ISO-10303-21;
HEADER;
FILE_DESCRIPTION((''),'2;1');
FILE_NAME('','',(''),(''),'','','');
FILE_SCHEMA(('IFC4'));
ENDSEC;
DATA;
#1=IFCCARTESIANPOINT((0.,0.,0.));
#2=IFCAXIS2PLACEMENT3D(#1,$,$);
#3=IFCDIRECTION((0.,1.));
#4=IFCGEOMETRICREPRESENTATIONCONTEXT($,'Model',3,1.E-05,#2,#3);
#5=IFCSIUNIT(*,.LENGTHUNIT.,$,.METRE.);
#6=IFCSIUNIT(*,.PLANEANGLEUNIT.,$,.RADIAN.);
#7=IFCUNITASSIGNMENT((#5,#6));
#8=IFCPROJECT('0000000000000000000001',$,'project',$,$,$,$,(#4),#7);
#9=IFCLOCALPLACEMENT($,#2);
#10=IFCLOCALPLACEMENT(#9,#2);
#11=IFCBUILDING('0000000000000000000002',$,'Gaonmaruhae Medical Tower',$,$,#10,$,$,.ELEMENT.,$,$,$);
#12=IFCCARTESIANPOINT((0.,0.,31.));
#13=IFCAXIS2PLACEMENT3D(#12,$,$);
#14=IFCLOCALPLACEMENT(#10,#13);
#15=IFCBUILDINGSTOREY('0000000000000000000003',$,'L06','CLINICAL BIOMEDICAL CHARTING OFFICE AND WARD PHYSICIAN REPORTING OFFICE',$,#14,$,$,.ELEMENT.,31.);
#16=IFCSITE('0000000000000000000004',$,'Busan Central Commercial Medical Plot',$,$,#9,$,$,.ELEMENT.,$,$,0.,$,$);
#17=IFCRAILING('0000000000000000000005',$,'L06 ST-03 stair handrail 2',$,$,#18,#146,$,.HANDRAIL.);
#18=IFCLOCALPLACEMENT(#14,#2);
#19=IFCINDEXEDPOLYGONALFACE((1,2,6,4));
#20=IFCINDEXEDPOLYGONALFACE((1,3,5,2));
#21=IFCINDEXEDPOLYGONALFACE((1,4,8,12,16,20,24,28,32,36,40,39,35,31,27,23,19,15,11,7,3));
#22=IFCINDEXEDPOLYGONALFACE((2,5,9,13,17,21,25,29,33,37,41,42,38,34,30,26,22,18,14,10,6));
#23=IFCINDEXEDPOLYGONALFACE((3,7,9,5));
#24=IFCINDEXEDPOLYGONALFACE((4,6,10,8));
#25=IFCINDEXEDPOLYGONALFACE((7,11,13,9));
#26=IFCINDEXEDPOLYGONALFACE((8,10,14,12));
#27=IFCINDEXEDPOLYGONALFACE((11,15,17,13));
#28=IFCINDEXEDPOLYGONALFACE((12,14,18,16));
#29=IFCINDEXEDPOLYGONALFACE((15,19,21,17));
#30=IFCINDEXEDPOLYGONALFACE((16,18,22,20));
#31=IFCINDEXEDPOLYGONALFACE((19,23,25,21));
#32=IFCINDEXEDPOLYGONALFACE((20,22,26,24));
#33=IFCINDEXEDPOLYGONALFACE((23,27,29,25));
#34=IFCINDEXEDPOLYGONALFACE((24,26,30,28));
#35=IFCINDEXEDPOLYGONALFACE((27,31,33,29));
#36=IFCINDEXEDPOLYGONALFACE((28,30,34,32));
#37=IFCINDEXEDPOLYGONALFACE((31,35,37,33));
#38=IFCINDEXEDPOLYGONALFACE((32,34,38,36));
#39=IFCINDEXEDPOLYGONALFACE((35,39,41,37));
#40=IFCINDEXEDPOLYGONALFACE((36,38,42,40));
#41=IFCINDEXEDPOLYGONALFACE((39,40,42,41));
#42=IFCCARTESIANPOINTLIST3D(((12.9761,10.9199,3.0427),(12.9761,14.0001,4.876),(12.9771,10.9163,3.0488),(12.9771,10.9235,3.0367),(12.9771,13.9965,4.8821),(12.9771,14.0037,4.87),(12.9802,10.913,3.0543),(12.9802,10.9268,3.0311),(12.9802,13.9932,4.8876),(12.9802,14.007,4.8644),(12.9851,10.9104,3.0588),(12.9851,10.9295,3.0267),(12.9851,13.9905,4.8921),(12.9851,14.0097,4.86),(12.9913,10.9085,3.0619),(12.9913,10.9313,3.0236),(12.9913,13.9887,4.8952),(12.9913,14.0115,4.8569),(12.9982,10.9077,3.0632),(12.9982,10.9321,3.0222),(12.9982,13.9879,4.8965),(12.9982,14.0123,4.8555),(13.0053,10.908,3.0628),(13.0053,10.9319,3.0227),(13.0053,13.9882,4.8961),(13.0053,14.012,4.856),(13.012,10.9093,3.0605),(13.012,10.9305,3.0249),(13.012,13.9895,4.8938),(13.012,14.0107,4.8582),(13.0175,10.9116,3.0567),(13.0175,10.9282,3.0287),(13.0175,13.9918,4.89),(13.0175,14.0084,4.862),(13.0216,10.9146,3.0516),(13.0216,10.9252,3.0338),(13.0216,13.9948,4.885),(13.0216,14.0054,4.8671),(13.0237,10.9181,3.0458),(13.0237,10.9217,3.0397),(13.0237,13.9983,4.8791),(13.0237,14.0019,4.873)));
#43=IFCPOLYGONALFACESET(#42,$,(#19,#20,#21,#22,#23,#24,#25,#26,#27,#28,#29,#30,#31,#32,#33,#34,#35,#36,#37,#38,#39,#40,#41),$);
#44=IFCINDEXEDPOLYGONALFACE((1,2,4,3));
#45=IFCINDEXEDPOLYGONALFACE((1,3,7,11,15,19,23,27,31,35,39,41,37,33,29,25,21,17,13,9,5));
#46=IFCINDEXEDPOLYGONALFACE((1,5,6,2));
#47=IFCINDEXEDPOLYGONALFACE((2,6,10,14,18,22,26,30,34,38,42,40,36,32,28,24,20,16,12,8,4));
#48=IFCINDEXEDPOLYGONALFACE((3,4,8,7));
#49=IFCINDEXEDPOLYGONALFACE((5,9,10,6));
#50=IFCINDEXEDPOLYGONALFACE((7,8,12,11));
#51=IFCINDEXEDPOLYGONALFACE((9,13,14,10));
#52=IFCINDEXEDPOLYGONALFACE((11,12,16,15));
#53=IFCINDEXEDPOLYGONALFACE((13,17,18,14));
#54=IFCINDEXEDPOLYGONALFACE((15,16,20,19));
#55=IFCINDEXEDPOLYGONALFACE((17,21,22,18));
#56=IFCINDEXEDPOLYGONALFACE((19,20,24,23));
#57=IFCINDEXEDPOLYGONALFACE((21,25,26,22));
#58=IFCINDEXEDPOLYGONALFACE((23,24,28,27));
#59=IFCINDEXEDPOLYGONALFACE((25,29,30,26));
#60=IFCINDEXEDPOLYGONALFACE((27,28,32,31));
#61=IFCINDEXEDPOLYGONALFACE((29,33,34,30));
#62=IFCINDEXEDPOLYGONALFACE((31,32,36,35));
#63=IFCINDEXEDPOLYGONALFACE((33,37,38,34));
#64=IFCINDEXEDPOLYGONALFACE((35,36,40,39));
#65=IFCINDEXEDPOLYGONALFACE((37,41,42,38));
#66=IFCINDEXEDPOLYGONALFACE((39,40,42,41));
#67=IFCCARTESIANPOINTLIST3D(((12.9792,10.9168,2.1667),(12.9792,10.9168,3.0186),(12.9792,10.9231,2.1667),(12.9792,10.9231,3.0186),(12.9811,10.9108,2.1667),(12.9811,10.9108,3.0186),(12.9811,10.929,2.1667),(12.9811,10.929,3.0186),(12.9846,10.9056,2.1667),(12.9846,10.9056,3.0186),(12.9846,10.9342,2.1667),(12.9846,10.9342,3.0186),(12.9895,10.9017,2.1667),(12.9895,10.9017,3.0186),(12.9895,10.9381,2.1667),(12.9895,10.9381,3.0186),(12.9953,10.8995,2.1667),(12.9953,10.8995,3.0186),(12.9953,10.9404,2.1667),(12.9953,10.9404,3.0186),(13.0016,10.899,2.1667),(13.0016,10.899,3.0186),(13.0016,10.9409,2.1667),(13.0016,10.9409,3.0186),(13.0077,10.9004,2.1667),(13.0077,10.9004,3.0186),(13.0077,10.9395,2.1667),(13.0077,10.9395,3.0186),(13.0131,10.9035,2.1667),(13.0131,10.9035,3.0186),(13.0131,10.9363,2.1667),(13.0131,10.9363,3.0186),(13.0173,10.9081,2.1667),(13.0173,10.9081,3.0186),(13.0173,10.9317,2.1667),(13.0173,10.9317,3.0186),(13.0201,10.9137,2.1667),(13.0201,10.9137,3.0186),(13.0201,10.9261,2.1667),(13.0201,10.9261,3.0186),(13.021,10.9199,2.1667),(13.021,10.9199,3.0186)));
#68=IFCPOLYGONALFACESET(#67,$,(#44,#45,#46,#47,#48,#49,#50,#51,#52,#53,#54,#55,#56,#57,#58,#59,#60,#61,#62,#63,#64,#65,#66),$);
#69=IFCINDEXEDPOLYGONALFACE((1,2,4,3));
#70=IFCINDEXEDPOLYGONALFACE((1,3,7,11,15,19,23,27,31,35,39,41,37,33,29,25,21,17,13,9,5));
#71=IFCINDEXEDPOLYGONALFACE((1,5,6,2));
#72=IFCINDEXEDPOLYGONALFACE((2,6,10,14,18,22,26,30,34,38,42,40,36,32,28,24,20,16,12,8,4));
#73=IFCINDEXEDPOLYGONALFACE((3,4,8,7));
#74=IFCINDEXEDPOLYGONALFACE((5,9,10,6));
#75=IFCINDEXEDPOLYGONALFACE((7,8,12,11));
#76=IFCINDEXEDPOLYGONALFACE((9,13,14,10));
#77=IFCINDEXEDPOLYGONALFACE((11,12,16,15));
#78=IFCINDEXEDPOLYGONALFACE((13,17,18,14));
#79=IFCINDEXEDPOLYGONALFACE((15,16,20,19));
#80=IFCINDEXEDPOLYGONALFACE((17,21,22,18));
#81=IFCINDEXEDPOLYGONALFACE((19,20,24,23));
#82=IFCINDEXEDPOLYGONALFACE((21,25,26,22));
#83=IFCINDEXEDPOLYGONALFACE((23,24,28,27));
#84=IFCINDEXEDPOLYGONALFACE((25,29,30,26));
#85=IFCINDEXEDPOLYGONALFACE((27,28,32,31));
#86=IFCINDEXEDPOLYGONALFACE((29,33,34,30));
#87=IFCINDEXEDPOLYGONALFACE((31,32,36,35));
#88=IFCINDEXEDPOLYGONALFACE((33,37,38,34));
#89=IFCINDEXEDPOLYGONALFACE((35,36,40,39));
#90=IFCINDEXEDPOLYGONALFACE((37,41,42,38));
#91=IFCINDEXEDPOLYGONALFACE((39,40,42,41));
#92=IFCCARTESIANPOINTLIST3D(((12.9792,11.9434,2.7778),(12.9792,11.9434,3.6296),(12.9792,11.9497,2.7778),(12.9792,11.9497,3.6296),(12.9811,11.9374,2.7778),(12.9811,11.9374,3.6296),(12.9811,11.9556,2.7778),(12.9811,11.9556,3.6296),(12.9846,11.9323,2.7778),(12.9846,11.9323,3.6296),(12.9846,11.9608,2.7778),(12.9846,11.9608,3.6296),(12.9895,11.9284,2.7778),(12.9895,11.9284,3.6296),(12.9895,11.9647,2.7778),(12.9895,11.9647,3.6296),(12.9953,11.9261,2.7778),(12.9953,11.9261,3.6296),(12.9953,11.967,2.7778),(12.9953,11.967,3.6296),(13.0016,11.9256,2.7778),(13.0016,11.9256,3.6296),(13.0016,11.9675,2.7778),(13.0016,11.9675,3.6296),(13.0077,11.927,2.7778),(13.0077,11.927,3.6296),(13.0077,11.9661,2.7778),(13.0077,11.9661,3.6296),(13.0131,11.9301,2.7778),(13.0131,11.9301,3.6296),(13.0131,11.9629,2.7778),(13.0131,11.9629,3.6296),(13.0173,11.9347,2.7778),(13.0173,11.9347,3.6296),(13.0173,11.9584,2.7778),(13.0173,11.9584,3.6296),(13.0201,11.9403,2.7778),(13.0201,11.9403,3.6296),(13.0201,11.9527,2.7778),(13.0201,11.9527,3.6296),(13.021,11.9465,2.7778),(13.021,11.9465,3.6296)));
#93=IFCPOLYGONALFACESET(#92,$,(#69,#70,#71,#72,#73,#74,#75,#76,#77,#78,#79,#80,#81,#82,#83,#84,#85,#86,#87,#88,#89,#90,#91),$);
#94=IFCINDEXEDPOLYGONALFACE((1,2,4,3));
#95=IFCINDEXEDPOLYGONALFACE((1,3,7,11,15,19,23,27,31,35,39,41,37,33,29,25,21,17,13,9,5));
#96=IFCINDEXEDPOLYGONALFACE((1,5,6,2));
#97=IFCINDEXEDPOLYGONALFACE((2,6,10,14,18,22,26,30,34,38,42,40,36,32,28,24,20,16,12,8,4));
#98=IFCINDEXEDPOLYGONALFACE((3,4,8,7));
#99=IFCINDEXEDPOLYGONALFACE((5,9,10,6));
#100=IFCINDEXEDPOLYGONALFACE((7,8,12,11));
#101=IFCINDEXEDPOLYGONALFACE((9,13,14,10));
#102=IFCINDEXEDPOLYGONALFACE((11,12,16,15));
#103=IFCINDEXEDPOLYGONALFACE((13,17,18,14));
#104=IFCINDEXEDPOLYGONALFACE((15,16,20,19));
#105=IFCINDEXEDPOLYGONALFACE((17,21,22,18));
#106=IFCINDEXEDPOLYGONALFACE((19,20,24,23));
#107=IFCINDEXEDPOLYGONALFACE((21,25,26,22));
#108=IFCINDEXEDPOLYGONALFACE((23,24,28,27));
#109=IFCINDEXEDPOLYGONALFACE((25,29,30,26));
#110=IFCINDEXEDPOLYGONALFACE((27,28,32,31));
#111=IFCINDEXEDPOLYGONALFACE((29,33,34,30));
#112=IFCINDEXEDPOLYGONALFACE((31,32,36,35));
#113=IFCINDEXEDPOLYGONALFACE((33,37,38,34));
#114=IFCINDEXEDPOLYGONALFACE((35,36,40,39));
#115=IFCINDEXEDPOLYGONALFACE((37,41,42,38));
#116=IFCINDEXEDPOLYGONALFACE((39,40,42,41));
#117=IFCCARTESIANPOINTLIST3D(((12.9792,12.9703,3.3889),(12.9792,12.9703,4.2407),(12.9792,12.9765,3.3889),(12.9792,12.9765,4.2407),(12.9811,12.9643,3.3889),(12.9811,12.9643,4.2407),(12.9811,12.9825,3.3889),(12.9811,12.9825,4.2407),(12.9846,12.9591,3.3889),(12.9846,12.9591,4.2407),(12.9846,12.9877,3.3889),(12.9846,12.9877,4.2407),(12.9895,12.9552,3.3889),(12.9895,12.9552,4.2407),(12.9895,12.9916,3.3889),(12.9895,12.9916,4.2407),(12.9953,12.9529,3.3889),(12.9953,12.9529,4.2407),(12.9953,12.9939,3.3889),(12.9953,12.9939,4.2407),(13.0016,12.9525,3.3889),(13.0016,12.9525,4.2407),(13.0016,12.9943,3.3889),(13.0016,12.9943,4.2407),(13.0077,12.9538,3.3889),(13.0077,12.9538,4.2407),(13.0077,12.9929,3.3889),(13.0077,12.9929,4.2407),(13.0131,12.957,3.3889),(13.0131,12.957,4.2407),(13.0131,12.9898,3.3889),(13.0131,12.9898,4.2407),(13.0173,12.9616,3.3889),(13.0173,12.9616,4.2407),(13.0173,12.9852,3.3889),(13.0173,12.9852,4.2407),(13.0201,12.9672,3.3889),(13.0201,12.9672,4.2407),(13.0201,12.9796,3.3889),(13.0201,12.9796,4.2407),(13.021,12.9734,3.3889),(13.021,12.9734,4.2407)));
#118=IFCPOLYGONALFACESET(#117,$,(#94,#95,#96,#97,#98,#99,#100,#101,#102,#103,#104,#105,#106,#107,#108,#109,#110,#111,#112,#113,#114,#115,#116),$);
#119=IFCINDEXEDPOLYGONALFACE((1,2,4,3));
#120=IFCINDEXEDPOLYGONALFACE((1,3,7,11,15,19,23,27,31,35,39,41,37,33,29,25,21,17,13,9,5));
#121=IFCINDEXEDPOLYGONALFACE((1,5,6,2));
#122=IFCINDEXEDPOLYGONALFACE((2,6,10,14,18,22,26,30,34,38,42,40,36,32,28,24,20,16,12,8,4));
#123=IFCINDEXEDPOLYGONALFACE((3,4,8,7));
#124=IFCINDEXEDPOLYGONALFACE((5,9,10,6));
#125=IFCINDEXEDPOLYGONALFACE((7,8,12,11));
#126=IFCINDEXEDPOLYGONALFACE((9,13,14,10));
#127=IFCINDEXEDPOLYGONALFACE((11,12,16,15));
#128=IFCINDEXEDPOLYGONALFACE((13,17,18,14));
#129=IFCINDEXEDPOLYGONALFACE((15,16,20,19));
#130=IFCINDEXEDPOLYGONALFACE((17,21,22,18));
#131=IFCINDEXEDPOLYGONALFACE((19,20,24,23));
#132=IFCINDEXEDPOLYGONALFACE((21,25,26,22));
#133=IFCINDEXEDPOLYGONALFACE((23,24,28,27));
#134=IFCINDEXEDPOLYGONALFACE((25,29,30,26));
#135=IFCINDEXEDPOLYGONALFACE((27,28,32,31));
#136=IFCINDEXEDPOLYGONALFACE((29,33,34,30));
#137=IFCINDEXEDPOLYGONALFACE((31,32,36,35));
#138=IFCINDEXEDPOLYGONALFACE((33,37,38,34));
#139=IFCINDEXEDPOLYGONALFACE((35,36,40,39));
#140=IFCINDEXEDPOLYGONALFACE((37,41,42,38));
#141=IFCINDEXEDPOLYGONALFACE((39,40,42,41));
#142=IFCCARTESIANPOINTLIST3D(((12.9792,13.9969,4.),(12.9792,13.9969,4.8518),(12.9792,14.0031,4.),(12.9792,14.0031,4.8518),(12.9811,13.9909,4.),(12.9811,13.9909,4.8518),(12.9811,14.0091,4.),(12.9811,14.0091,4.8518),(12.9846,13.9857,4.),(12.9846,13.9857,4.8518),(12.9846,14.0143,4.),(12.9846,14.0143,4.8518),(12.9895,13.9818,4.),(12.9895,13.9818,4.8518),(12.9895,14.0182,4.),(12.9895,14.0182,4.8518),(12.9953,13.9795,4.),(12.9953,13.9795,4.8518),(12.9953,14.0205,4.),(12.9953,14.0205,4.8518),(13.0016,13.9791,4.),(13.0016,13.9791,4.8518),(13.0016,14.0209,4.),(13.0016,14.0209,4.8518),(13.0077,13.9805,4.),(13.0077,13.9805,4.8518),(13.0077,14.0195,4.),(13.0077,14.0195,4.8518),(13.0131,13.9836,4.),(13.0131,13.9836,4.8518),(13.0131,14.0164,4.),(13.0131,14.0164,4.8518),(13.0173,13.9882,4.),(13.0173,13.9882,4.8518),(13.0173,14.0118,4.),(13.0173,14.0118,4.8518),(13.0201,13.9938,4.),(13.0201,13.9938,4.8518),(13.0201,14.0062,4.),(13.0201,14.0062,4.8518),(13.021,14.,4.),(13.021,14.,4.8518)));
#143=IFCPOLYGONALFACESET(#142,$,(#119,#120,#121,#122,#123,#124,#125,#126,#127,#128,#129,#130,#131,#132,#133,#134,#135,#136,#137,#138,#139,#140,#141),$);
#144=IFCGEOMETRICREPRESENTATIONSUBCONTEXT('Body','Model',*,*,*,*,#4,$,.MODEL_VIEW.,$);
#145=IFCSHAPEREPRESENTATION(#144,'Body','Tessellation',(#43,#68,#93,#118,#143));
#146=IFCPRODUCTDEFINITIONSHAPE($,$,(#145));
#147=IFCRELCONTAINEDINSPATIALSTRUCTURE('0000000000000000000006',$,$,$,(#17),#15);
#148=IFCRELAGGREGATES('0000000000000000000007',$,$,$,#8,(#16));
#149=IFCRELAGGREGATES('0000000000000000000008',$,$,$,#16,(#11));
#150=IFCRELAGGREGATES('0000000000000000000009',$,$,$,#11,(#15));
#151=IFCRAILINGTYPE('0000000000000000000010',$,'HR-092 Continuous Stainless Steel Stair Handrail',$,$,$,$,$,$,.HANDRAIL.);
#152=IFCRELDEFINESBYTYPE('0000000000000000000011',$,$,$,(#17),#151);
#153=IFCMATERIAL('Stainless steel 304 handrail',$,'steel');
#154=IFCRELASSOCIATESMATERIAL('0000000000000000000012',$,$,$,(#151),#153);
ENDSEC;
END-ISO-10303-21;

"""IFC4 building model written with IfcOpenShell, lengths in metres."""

from ifc_helpers import new_model, si_unit, direction, frame, origin, origin_2d, place, context, subcontext, project, spatial, circle, extrude, material, type_object, element, save


model = new_model("IFC4")

# Units and contexts
model_context = context("Model", 3, precision=1e-05, world=origin(), true_north=direction((0.0, 1.0)))
body_context = subcontext(model_context, "Body", "Model", "MODEL_VIEW")
ifc_project = project(units=[si_unit("LENGTHUNIT", "METRE"), si_unit("PLANEANGLEUNIT", "RADIAN")], contexts=[model_context])

# Site, building, storey
site_placement = place(None, origin())
site = spatial("IfcSite", under=ifc_project, at=site_placement, Name="Busan Central Commercial Medical Plot", CompositionType="ELEMENT", RefElevation=0.0)
building_placement = place(site_placement, origin())
building = spatial("IfcBuilding", under=site, at=building_placement, Name="Gaonmaruhae Medical Tower", CompositionType="ELEMENT")
storey_placement = place(building_placement, frame((0.0, 0.0, 31.0)))
storey = spatial("IfcBuildingStorey", under=building, at=storey_placement, Name="L06", Description="CLINICAL BIOMEDICAL CHARTING OFFICE AND WARD PHYSICIAN REPORTING OFFICE", CompositionType="ELEMENT", Elevation=31.0)

# Railing
ifc_material_1 = material(Name="Stainless steel 304 handrail", Category="steel")
railing_type_1 = type_object("IfcRailingType", Name="HR-092 Continuous Stainless Steel Stair Handrail", PredefinedType="HANDRAIL", material=ifc_material_1)
railing_1_placement = place(storey_placement, frame((13.0, 10.9199, 2.1667)))
element("IfcRailing", 1, at=railing_1_placement, inside=storey, type_object=railing_type_1, Name="L06 ST-03 stair handrail 2", PredefinedType="HANDRAIL", context=body_context, shape_type="SweptSolid", body=[
    extrude(circle(Radius=0.0239, at=origin_2d()), frame((0.0, 0.0, 0.876), z_axis=(0.0, 0.859309, 0.511458), x_axis=(-1.0, 0.0, 0.0)), (0.0, 0.0, 1.0), 3.5845),
    extrude(circle(Radius=0.021, at=origin_2d()), origin(), (0.0, 0.0, 1.0), 0.8518),
    extrude(circle(Radius=0.021, at=origin_2d()), frame((0.0, 1.0266, 0.6111)), (0.0, 0.0, 1.0), 0.8518),
    extrude(circle(Radius=0.021, at=origin_2d()), frame((0.0, 2.0535, 1.2222)), (0.0, 0.0, 1.0), 0.8518),
    extrude(circle(Radius=0.021, at=origin_2d()), frame((0.0, 3.0801, 1.8333)), (0.0, 0.0, 1.0), 0.8518),
])

save(model, "model.ifc")
